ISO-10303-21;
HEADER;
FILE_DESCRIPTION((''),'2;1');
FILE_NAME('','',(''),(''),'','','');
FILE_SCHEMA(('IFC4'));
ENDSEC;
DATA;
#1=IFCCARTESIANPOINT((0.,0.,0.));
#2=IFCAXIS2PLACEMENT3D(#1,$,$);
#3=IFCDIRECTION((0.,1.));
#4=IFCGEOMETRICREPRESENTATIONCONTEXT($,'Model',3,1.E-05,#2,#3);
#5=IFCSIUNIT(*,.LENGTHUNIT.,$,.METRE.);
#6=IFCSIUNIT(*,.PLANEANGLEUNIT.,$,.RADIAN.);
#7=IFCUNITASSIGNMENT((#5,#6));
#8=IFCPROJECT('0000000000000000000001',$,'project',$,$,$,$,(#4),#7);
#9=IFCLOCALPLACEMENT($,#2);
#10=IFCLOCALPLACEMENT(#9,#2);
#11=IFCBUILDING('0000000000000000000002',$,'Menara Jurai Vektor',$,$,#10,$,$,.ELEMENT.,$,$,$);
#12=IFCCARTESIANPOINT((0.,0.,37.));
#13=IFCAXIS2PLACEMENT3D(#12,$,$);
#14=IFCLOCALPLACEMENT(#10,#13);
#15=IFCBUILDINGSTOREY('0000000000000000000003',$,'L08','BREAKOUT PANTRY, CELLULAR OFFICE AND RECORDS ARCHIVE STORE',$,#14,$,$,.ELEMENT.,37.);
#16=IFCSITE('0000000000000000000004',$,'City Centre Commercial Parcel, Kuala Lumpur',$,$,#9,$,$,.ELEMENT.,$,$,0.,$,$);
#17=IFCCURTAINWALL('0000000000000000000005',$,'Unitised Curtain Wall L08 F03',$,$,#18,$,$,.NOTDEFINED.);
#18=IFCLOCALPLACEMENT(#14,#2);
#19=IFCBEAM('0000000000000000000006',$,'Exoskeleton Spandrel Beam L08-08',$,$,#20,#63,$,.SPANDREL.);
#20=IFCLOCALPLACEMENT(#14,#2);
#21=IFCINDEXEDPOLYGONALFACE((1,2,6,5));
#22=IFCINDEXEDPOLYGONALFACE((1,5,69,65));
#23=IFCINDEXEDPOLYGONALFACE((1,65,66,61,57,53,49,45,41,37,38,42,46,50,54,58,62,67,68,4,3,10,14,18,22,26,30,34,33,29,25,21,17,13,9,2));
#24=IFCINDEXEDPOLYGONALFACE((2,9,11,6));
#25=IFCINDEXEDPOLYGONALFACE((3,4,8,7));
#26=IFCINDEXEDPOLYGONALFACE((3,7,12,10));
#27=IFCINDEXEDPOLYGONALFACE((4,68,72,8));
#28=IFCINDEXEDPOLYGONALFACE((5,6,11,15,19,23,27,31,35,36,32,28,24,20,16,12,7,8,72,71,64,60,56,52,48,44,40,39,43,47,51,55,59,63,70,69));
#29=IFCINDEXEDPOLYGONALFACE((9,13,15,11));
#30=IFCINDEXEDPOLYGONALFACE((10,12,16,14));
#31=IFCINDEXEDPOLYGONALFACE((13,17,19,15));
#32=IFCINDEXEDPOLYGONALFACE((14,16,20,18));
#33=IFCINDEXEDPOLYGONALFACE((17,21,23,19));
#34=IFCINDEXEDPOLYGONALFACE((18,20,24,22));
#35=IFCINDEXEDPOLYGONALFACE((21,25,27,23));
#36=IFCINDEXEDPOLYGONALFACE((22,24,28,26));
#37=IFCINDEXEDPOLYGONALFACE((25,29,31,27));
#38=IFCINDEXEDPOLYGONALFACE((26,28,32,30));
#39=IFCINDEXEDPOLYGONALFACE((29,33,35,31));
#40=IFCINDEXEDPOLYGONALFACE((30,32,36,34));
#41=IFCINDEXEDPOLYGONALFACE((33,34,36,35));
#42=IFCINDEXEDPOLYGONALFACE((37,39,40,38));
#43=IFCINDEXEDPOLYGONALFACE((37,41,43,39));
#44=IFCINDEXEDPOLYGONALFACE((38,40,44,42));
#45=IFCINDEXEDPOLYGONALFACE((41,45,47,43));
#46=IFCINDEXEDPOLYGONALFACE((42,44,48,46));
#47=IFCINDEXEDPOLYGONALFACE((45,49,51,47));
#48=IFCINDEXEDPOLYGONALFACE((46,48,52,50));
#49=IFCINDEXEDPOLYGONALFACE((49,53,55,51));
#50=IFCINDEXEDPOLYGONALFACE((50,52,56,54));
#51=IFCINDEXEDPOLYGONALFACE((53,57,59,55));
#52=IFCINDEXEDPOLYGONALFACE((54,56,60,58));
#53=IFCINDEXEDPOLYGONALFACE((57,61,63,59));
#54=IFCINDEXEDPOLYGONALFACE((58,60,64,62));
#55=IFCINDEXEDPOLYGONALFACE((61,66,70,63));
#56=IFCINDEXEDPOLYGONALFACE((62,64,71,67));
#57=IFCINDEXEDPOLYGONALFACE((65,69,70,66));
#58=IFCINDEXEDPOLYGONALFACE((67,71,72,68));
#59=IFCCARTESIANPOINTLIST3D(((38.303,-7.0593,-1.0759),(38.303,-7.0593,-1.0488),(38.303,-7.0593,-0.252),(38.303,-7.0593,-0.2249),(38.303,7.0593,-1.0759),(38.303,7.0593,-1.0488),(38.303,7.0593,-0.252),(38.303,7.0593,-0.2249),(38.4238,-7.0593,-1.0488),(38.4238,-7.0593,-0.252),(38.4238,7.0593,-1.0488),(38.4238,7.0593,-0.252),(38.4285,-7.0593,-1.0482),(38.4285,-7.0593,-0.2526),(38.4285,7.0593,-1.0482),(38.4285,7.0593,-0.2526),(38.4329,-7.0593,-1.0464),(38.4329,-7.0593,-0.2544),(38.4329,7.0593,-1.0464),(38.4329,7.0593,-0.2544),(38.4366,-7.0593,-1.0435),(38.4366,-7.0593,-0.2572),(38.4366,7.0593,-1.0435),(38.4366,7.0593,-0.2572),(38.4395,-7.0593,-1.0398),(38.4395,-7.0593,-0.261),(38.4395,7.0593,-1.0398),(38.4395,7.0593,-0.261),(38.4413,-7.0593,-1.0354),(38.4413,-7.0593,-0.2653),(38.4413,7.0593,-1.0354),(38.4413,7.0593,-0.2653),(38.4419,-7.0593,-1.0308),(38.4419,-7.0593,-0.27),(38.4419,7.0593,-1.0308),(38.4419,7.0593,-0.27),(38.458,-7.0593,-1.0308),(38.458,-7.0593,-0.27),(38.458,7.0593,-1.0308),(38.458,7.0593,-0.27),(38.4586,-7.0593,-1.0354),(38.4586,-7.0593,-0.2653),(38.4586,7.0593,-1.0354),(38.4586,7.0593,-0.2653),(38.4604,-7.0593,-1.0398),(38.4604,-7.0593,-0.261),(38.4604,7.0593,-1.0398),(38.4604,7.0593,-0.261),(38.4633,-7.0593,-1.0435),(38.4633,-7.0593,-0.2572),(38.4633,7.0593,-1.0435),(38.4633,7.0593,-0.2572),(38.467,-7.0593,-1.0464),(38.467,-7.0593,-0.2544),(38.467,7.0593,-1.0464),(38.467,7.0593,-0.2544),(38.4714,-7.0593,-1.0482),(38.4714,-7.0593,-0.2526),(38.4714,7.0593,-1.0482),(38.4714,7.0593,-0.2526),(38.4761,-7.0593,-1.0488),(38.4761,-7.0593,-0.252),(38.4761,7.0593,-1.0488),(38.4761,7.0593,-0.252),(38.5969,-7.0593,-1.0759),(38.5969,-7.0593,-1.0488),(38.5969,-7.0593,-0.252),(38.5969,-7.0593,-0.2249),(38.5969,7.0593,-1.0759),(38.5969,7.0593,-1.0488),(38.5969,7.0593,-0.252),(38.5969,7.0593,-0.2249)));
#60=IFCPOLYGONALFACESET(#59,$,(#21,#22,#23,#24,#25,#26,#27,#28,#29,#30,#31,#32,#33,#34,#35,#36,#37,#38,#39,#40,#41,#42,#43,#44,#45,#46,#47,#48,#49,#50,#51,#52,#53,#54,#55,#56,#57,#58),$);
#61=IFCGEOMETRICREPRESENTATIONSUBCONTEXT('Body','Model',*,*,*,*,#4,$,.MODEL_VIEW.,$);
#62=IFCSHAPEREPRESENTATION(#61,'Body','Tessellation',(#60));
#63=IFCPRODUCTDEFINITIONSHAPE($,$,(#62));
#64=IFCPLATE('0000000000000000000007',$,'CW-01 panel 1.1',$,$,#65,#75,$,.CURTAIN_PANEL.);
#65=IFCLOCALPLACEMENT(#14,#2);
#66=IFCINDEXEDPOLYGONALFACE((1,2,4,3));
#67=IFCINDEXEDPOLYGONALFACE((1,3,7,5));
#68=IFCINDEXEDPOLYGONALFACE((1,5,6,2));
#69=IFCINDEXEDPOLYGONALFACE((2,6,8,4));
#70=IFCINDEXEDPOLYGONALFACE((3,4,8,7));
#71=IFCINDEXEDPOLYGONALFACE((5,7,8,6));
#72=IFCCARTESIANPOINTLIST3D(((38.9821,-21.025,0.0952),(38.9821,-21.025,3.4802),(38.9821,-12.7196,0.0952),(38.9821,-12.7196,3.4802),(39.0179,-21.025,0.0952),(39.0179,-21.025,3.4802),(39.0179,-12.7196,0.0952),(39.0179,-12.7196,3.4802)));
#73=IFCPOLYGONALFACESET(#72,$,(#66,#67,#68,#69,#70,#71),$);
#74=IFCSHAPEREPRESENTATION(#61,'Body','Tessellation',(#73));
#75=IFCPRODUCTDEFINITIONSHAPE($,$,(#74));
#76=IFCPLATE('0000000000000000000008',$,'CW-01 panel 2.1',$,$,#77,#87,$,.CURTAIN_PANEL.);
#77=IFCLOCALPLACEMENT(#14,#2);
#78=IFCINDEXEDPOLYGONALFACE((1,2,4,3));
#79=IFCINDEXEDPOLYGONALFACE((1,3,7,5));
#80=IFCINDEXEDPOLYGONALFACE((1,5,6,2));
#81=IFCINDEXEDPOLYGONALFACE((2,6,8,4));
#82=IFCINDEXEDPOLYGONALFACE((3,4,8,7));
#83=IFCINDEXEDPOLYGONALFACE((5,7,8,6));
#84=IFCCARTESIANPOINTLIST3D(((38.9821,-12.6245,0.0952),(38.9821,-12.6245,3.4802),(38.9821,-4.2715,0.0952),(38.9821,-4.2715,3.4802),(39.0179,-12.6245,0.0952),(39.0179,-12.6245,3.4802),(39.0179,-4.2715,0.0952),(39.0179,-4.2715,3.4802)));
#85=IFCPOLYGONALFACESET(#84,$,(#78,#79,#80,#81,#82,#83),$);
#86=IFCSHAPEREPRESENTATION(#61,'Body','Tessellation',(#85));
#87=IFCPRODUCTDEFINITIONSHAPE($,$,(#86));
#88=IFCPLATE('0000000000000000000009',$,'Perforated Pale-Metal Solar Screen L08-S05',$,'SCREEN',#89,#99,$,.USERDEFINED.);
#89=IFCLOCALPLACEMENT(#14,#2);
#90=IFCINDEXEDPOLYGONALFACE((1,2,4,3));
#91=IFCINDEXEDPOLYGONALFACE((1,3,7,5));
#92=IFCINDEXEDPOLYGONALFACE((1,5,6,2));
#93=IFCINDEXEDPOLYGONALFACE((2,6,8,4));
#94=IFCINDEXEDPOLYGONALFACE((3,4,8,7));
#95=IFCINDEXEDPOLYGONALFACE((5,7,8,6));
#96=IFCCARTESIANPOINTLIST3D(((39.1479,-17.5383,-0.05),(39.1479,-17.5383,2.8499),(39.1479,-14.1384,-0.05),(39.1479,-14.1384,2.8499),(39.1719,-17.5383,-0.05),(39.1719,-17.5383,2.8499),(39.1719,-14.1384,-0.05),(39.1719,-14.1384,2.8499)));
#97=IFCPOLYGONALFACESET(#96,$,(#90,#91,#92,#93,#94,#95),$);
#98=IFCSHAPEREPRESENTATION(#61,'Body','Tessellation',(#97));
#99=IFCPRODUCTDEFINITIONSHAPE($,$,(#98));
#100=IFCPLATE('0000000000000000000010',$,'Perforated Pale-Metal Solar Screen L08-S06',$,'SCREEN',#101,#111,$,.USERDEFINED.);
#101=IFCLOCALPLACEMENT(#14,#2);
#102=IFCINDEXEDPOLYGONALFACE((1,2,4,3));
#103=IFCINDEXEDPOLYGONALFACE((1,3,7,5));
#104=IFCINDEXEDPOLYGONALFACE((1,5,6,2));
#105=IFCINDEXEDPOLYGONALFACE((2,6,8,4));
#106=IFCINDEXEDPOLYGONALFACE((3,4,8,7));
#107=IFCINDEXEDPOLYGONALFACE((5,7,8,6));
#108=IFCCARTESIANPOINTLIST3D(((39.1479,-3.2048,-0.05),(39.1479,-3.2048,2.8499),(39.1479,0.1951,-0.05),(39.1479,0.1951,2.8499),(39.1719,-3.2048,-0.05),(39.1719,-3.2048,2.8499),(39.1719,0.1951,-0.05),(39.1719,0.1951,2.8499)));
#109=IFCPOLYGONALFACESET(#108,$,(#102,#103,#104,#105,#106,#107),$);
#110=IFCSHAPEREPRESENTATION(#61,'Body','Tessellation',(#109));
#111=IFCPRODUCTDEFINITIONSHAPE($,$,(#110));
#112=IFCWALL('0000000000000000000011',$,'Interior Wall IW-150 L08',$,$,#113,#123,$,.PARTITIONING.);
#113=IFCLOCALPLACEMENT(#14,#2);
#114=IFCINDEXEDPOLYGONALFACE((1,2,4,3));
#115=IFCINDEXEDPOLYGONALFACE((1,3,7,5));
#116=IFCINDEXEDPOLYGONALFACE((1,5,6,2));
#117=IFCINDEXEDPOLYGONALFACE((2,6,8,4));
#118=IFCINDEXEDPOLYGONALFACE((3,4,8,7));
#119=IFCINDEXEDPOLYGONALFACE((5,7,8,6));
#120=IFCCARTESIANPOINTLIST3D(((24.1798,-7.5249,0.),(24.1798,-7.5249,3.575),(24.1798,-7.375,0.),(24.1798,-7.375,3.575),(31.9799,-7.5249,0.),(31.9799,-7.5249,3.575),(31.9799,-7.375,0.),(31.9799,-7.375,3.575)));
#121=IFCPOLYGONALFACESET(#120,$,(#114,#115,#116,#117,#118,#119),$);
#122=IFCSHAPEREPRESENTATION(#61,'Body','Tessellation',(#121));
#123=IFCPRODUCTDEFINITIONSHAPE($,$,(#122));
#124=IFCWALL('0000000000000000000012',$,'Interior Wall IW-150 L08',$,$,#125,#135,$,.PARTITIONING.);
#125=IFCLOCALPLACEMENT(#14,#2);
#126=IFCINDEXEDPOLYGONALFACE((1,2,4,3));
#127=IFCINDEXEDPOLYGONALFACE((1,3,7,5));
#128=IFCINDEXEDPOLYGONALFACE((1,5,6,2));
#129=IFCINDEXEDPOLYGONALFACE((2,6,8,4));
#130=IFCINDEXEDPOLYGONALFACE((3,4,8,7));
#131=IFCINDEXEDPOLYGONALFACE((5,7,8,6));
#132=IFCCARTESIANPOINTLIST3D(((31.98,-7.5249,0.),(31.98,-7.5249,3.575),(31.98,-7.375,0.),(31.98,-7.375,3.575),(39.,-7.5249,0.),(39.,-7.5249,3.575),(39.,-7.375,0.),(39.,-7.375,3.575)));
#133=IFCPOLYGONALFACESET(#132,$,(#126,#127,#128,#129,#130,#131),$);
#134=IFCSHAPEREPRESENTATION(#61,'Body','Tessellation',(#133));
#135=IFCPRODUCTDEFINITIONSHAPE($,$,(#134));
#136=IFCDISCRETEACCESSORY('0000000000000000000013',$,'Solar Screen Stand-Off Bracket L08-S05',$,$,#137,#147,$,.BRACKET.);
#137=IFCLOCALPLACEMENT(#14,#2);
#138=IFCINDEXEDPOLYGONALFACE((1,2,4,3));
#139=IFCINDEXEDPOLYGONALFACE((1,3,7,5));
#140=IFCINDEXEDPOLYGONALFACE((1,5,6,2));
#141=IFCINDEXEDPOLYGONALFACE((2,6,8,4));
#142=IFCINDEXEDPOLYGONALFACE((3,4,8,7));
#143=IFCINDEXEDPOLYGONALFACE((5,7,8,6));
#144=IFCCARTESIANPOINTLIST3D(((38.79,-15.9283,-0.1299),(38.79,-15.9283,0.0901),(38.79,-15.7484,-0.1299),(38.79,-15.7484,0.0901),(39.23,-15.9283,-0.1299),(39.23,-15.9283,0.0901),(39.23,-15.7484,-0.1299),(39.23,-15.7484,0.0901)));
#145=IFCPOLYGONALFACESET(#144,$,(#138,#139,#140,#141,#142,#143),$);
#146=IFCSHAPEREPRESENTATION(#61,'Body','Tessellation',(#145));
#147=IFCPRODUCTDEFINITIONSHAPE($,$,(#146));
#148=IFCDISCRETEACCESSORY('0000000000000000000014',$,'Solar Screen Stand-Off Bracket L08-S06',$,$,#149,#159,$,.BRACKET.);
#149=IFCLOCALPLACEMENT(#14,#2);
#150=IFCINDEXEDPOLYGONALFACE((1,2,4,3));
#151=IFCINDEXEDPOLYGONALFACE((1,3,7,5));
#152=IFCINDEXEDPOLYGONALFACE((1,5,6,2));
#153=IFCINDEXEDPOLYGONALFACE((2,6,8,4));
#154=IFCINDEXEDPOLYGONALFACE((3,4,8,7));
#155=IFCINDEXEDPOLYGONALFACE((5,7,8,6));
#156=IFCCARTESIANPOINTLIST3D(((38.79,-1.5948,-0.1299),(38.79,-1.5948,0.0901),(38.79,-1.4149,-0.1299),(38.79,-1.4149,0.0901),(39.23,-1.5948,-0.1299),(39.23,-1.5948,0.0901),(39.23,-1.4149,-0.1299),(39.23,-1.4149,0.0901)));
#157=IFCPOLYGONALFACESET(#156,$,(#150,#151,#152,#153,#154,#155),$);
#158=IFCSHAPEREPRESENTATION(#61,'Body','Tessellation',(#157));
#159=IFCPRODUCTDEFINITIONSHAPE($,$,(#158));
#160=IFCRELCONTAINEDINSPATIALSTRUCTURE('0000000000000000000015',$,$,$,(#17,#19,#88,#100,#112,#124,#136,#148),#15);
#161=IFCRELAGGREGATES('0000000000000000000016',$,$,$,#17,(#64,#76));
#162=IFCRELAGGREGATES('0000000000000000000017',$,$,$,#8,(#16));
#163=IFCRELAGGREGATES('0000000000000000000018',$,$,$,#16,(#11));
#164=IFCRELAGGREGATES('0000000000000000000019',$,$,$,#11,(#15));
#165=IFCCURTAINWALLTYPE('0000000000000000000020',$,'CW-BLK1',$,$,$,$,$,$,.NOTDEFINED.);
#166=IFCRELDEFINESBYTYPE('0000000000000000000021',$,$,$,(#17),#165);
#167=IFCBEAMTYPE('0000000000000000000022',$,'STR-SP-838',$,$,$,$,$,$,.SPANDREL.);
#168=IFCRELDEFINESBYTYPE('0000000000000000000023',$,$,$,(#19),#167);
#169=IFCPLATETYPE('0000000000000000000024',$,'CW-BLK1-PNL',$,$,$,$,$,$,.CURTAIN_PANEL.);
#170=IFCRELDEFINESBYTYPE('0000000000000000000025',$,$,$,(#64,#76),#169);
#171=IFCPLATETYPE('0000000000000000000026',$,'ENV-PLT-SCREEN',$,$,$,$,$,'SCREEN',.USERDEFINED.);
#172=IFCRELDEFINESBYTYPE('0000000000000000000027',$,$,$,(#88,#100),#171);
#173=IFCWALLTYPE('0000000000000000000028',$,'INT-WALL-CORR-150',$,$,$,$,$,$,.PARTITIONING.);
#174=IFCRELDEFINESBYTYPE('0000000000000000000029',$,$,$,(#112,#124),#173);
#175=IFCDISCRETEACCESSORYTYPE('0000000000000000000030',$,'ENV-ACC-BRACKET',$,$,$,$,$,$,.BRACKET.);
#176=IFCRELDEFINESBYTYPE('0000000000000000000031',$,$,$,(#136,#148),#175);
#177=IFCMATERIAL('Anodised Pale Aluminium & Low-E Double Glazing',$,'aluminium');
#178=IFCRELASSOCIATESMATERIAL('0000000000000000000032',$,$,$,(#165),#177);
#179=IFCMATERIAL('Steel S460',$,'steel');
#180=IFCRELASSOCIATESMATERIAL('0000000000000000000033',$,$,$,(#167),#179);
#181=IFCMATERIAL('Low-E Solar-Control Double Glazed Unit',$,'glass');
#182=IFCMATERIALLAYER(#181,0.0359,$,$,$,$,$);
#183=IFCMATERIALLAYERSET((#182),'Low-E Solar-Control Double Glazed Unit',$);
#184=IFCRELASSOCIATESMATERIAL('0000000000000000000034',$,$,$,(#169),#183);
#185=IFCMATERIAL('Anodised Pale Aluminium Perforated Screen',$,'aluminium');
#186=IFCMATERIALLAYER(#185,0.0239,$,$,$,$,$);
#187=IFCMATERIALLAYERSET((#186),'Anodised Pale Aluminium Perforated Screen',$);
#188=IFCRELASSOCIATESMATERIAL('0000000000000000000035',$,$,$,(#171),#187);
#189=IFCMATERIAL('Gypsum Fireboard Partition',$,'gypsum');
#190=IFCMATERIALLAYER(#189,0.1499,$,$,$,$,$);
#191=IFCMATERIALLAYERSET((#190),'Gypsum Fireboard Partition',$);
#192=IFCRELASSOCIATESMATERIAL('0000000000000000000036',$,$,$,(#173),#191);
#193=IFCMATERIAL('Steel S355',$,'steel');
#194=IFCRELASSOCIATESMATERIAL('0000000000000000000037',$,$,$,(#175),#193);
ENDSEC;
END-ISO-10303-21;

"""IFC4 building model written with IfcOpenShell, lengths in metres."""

from ifc_helpers import new_model, si_unit, direction, frame, frame_2d, origin, origin_2d, place, context, subcontext, project, spatial, rectangle, i_section, extrude, material, layer, layer_set, material_profile, profile_set, type_object, element, aggregate, save


model = new_model("IFC4")

# Units and contexts
model_context = context("Model", 3, precision=1e-05, world=origin(), true_north=direction((0.0, 1.0)))
body_context = subcontext(model_context, "Body", "Model", "MODEL_VIEW")
ifc_project = project(units=[si_unit("LENGTHUNIT", "METRE"), si_unit("PLANEANGLEUNIT", "RADIAN")], contexts=[model_context])

# Site, building, storey
site_placement = place(None, origin())
site = spatial("IfcSite", under=ifc_project, at=site_placement, Name="City Centre Commercial Parcel, Kuala Lumpur", CompositionType="ELEMENT", RefElevation=0.0)
building_placement = place(site_placement, origin())
building = spatial("IfcBuilding", under=site, at=building_placement, Name="Menara Jurai Vektor", CompositionType="ELEMENT")
storey_placement = place(building_placement, frame((0.0, 0.0, 37.0)))
storey = spatial("IfcBuildingStorey", under=building, at=storey_placement, Name="L08", Description="BREAKOUT PANTRY, CELLULAR OFFICE AND RECORDS ARCHIVE STORE", CompositionType="ELEMENT", Elevation=37.0)

# Shared definitions
ifc_material_1 = material(Name="Steel S460", Category="steel")

# Curtain wall
ifc_material_2 = material(Name="Anodised Pale Aluminium & Low-E Double Glazing", Category="aluminium")
curtain_wall_type = type_object("IfcCurtainWallType", Name="CW-BLK1", PredefinedType="NOTDEFINED", material=ifc_material_2)
curtain_wall_placement = place(storey_placement, origin())
curtain_wall = element("IfcCurtainWall", 1, at=curtain_wall_placement, inside=storey, type_object=curtain_wall_type, Name="Unitised Curtain Wall L08 F03", PredefinedType="NOTDEFINED")

# Shared definitions
ifc_material_3 = material(Name="Steel S355", Category="steel")

# Beam
ifc_material_profile_1 = material_profile(ifc_material_1, i_section(OverallWidth=0.2939, OverallDepth=0.8511, WebThickness=0.0161, FlangeThickness=0.0271, FilletRadius=0.0181, at=origin_2d()), Name="UKB 838x292x226")
ifc_profile_set_1 = profile_set([ifc_material_profile_1], Name="Steel S460")
beam_type_1 = type_object("IfcBeamType", Name="STR-SP-838", PredefinedType="SPANDREL", material=ifc_profile_set_1)
beam_1_placement = place(storey_placement, frame((38.45, -7.0593, -0.6504), z_axis=(0.0, 1.0, 0.0), x_axis=(-1.0, 0.0, 0.0)))
element("IfcBeam", 2, at=beam_1_placement, inside=storey, type_object=beam_type_1, Name="Exoskeleton Spandrel Beam L08-08", PredefinedType="SPANDREL", context=body_context, shape_type="SweptSolid", body=[
    extrude(i_section(OverallWidth=0.2939, OverallDepth=0.8511, WebThickness=0.0161, FlangeThickness=0.0271, FilletRadius=0.0181, at=origin_2d()), origin(), (0.0, 0.0, 1.0), 14.1187),
])

# Plates
ifc_material_4 = material(Name="Low-E Solar-Control Double Glazed Unit", Category="glass")
ifc_layer_1 = layer(ifc_material_4, 0.0359)
ifc_layer_set_1 = layer_set([ifc_layer_1], Name="Low-E Solar-Control Double Glazed Unit")
plate_type_1 = type_object("IfcPlateType", Name="CW-BLK1-PNL", PredefinedType="CURTAIN_PANEL", material=ifc_layer_set_1)
plate_1_placement = place(storey_placement, frame((39.0, -16.8723, 0.0952), z_axis=(0.0, 0.0, 1.0), x_axis=(0.0, 1.0, 0.0)))
plate_1 = element("IfcPlate", 3, at=plate_1_placement, type_object=plate_type_1, Name="CW-01 panel 1.1", PredefinedType="CURTAIN_PANEL", context=body_context, shape_type="SweptSolid", body=[
    extrude(rectangle(XDim=8.3054, YDim=0.0359, at=origin_2d()), origin(), (0.0, 0.0, 1.0), 3.385),
])
plate_2_placement = place(storey_placement, frame((39.0, -8.448, 0.0952), z_axis=(0.0, 0.0, 1.0), x_axis=(0.0, 1.0, 0.0)))
plate_2 = element("IfcPlate", 4, at=plate_2_placement, type_object=plate_type_1, Name="CW-01 panel 2.1", PredefinedType="CURTAIN_PANEL", context=body_context, shape_type="SweptSolid", body=[
    extrude(rectangle(XDim=8.353, YDim=0.0359, at=origin_2d()), origin(), (0.0, 0.0, 1.0), 3.385),
])
aggregate(curtain_wall, [plate_1, plate_2])

# Plates
ifc_material_5 = material(Name="Anodised Pale Aluminium Perforated Screen", Category="aluminium")
ifc_layer_2 = layer(ifc_material_5, 0.0239)
ifc_layer_set_2 = layer_set([ifc_layer_2], Name="Anodised Pale Aluminium Perforated Screen")
plate_type_2 = type_object("IfcPlateType", Name="ENV-PLT-SCREEN", ElementType="SCREEN", PredefinedType="USERDEFINED", material=ifc_layer_set_2)
for number, where, z_axis, x_axis, name in (
    (5, (39.1599, -15.8384, -0.05), (0.0, 0.0, 1.0), (0.0, 1.0, 0.0), "Perforated Pale-Metal Solar Screen L08-S05"),
    (6, (39.1599, -1.5049, -0.05), (0.0, 0.0, 1.0), (0.0, 1.0, 0.0), "Perforated Pale-Metal Solar Screen L08-S06"),
):
    element("IfcPlate", number, at=place(storey_placement, frame(where, z_axis=z_axis, x_axis=x_axis)), inside=storey, type_object=plate_type_2, Name=name, ObjectType="SCREEN", PredefinedType="USERDEFINED", context=body_context, shape_type="SweptSolid", body=[
        extrude(rectangle(XDim=3.3999, YDim=0.0239, at=origin_2d()), origin(), (0.0, 0.0, 1.0), 2.8999),
    ])

# Walls
ifc_material_6 = material(Name="Gypsum Fireboard Partition", Category="gypsum")
ifc_layer_3 = layer(ifc_material_6, 0.1499)
ifc_layer_set_3 = layer_set([ifc_layer_3], Name="Gypsum Fireboard Partition")
wall_type = type_object("IfcWallType", Name="INT-WALL-CORR-150", PredefinedType="PARTITIONING", material=ifc_layer_set_3)
wall_1_placement = place(storey_placement, frame((24.1799, -7.45, 0.0), z_axis=(0.0, 0.0, 1.0), x_axis=(1.0, 0.0, 0.0)))
element("IfcWall", 7, at=wall_1_placement, inside=storey, type_object=wall_type, Name="Interior Wall IW-150 L08", PredefinedType="PARTITIONING", context=body_context, shape_type="SweptSolid", body=[
    extrude(rectangle(XDim=7.8, YDim=0.1499, at=frame_2d((3.8999, 0.0))), origin(), (0.0, 0.0, 1.0), 3.575),
])
wall_2_placement = place(storey_placement, frame((31.98, -7.45, 0.0), z_axis=(0.0, 0.0, 1.0), x_axis=(1.0, 0.0, 0.0)))
element("IfcWall", 8, at=wall_2_placement, inside=storey, type_object=wall_type, Name="Interior Wall IW-150 L08", PredefinedType="PARTITIONING", context=body_context, shape_type="SweptSolid", body=[
    extrude(rectangle(XDim=7.02, YDim=0.1499, at=frame_2d((3.51, 0.0))), origin(), (0.0, 0.0, 1.0), 3.575),
])

# Discrete accessories
discrete_accessory_type = type_object("IfcDiscreteAccessoryType", Name="ENV-ACC-BRACKET", PredefinedType="BRACKET", material=ifc_material_3)
for number, where, z_axis, x_axis, name in (
    (9, (39.01, -15.8384, -0.1299), (0.0, 0.0, 1.0), (0.0, 1.0, 0.0), "Solar Screen Stand-Off Bracket L08-S05"),
    (10, (39.01, -1.5049, -0.1299), (0.0, 0.0, 1.0), (0.0, 1.0, 0.0), "Solar Screen Stand-Off Bracket L08-S06"),
):
    element("IfcDiscreteAccessory", number, at=place(storey_placement, frame(where, z_axis=z_axis, x_axis=x_axis)), inside=storey, type_object=discrete_accessory_type, Name=name, PredefinedType="BRACKET", context=body_context, shape_type="SweptSolid", body=[
        extrude(rectangle(XDim=0.1799, YDim=0.4399, at=origin_2d()), origin(), (0.0, 0.0, 1.0), 0.22),
    ])

save(model, "model.ifc")
